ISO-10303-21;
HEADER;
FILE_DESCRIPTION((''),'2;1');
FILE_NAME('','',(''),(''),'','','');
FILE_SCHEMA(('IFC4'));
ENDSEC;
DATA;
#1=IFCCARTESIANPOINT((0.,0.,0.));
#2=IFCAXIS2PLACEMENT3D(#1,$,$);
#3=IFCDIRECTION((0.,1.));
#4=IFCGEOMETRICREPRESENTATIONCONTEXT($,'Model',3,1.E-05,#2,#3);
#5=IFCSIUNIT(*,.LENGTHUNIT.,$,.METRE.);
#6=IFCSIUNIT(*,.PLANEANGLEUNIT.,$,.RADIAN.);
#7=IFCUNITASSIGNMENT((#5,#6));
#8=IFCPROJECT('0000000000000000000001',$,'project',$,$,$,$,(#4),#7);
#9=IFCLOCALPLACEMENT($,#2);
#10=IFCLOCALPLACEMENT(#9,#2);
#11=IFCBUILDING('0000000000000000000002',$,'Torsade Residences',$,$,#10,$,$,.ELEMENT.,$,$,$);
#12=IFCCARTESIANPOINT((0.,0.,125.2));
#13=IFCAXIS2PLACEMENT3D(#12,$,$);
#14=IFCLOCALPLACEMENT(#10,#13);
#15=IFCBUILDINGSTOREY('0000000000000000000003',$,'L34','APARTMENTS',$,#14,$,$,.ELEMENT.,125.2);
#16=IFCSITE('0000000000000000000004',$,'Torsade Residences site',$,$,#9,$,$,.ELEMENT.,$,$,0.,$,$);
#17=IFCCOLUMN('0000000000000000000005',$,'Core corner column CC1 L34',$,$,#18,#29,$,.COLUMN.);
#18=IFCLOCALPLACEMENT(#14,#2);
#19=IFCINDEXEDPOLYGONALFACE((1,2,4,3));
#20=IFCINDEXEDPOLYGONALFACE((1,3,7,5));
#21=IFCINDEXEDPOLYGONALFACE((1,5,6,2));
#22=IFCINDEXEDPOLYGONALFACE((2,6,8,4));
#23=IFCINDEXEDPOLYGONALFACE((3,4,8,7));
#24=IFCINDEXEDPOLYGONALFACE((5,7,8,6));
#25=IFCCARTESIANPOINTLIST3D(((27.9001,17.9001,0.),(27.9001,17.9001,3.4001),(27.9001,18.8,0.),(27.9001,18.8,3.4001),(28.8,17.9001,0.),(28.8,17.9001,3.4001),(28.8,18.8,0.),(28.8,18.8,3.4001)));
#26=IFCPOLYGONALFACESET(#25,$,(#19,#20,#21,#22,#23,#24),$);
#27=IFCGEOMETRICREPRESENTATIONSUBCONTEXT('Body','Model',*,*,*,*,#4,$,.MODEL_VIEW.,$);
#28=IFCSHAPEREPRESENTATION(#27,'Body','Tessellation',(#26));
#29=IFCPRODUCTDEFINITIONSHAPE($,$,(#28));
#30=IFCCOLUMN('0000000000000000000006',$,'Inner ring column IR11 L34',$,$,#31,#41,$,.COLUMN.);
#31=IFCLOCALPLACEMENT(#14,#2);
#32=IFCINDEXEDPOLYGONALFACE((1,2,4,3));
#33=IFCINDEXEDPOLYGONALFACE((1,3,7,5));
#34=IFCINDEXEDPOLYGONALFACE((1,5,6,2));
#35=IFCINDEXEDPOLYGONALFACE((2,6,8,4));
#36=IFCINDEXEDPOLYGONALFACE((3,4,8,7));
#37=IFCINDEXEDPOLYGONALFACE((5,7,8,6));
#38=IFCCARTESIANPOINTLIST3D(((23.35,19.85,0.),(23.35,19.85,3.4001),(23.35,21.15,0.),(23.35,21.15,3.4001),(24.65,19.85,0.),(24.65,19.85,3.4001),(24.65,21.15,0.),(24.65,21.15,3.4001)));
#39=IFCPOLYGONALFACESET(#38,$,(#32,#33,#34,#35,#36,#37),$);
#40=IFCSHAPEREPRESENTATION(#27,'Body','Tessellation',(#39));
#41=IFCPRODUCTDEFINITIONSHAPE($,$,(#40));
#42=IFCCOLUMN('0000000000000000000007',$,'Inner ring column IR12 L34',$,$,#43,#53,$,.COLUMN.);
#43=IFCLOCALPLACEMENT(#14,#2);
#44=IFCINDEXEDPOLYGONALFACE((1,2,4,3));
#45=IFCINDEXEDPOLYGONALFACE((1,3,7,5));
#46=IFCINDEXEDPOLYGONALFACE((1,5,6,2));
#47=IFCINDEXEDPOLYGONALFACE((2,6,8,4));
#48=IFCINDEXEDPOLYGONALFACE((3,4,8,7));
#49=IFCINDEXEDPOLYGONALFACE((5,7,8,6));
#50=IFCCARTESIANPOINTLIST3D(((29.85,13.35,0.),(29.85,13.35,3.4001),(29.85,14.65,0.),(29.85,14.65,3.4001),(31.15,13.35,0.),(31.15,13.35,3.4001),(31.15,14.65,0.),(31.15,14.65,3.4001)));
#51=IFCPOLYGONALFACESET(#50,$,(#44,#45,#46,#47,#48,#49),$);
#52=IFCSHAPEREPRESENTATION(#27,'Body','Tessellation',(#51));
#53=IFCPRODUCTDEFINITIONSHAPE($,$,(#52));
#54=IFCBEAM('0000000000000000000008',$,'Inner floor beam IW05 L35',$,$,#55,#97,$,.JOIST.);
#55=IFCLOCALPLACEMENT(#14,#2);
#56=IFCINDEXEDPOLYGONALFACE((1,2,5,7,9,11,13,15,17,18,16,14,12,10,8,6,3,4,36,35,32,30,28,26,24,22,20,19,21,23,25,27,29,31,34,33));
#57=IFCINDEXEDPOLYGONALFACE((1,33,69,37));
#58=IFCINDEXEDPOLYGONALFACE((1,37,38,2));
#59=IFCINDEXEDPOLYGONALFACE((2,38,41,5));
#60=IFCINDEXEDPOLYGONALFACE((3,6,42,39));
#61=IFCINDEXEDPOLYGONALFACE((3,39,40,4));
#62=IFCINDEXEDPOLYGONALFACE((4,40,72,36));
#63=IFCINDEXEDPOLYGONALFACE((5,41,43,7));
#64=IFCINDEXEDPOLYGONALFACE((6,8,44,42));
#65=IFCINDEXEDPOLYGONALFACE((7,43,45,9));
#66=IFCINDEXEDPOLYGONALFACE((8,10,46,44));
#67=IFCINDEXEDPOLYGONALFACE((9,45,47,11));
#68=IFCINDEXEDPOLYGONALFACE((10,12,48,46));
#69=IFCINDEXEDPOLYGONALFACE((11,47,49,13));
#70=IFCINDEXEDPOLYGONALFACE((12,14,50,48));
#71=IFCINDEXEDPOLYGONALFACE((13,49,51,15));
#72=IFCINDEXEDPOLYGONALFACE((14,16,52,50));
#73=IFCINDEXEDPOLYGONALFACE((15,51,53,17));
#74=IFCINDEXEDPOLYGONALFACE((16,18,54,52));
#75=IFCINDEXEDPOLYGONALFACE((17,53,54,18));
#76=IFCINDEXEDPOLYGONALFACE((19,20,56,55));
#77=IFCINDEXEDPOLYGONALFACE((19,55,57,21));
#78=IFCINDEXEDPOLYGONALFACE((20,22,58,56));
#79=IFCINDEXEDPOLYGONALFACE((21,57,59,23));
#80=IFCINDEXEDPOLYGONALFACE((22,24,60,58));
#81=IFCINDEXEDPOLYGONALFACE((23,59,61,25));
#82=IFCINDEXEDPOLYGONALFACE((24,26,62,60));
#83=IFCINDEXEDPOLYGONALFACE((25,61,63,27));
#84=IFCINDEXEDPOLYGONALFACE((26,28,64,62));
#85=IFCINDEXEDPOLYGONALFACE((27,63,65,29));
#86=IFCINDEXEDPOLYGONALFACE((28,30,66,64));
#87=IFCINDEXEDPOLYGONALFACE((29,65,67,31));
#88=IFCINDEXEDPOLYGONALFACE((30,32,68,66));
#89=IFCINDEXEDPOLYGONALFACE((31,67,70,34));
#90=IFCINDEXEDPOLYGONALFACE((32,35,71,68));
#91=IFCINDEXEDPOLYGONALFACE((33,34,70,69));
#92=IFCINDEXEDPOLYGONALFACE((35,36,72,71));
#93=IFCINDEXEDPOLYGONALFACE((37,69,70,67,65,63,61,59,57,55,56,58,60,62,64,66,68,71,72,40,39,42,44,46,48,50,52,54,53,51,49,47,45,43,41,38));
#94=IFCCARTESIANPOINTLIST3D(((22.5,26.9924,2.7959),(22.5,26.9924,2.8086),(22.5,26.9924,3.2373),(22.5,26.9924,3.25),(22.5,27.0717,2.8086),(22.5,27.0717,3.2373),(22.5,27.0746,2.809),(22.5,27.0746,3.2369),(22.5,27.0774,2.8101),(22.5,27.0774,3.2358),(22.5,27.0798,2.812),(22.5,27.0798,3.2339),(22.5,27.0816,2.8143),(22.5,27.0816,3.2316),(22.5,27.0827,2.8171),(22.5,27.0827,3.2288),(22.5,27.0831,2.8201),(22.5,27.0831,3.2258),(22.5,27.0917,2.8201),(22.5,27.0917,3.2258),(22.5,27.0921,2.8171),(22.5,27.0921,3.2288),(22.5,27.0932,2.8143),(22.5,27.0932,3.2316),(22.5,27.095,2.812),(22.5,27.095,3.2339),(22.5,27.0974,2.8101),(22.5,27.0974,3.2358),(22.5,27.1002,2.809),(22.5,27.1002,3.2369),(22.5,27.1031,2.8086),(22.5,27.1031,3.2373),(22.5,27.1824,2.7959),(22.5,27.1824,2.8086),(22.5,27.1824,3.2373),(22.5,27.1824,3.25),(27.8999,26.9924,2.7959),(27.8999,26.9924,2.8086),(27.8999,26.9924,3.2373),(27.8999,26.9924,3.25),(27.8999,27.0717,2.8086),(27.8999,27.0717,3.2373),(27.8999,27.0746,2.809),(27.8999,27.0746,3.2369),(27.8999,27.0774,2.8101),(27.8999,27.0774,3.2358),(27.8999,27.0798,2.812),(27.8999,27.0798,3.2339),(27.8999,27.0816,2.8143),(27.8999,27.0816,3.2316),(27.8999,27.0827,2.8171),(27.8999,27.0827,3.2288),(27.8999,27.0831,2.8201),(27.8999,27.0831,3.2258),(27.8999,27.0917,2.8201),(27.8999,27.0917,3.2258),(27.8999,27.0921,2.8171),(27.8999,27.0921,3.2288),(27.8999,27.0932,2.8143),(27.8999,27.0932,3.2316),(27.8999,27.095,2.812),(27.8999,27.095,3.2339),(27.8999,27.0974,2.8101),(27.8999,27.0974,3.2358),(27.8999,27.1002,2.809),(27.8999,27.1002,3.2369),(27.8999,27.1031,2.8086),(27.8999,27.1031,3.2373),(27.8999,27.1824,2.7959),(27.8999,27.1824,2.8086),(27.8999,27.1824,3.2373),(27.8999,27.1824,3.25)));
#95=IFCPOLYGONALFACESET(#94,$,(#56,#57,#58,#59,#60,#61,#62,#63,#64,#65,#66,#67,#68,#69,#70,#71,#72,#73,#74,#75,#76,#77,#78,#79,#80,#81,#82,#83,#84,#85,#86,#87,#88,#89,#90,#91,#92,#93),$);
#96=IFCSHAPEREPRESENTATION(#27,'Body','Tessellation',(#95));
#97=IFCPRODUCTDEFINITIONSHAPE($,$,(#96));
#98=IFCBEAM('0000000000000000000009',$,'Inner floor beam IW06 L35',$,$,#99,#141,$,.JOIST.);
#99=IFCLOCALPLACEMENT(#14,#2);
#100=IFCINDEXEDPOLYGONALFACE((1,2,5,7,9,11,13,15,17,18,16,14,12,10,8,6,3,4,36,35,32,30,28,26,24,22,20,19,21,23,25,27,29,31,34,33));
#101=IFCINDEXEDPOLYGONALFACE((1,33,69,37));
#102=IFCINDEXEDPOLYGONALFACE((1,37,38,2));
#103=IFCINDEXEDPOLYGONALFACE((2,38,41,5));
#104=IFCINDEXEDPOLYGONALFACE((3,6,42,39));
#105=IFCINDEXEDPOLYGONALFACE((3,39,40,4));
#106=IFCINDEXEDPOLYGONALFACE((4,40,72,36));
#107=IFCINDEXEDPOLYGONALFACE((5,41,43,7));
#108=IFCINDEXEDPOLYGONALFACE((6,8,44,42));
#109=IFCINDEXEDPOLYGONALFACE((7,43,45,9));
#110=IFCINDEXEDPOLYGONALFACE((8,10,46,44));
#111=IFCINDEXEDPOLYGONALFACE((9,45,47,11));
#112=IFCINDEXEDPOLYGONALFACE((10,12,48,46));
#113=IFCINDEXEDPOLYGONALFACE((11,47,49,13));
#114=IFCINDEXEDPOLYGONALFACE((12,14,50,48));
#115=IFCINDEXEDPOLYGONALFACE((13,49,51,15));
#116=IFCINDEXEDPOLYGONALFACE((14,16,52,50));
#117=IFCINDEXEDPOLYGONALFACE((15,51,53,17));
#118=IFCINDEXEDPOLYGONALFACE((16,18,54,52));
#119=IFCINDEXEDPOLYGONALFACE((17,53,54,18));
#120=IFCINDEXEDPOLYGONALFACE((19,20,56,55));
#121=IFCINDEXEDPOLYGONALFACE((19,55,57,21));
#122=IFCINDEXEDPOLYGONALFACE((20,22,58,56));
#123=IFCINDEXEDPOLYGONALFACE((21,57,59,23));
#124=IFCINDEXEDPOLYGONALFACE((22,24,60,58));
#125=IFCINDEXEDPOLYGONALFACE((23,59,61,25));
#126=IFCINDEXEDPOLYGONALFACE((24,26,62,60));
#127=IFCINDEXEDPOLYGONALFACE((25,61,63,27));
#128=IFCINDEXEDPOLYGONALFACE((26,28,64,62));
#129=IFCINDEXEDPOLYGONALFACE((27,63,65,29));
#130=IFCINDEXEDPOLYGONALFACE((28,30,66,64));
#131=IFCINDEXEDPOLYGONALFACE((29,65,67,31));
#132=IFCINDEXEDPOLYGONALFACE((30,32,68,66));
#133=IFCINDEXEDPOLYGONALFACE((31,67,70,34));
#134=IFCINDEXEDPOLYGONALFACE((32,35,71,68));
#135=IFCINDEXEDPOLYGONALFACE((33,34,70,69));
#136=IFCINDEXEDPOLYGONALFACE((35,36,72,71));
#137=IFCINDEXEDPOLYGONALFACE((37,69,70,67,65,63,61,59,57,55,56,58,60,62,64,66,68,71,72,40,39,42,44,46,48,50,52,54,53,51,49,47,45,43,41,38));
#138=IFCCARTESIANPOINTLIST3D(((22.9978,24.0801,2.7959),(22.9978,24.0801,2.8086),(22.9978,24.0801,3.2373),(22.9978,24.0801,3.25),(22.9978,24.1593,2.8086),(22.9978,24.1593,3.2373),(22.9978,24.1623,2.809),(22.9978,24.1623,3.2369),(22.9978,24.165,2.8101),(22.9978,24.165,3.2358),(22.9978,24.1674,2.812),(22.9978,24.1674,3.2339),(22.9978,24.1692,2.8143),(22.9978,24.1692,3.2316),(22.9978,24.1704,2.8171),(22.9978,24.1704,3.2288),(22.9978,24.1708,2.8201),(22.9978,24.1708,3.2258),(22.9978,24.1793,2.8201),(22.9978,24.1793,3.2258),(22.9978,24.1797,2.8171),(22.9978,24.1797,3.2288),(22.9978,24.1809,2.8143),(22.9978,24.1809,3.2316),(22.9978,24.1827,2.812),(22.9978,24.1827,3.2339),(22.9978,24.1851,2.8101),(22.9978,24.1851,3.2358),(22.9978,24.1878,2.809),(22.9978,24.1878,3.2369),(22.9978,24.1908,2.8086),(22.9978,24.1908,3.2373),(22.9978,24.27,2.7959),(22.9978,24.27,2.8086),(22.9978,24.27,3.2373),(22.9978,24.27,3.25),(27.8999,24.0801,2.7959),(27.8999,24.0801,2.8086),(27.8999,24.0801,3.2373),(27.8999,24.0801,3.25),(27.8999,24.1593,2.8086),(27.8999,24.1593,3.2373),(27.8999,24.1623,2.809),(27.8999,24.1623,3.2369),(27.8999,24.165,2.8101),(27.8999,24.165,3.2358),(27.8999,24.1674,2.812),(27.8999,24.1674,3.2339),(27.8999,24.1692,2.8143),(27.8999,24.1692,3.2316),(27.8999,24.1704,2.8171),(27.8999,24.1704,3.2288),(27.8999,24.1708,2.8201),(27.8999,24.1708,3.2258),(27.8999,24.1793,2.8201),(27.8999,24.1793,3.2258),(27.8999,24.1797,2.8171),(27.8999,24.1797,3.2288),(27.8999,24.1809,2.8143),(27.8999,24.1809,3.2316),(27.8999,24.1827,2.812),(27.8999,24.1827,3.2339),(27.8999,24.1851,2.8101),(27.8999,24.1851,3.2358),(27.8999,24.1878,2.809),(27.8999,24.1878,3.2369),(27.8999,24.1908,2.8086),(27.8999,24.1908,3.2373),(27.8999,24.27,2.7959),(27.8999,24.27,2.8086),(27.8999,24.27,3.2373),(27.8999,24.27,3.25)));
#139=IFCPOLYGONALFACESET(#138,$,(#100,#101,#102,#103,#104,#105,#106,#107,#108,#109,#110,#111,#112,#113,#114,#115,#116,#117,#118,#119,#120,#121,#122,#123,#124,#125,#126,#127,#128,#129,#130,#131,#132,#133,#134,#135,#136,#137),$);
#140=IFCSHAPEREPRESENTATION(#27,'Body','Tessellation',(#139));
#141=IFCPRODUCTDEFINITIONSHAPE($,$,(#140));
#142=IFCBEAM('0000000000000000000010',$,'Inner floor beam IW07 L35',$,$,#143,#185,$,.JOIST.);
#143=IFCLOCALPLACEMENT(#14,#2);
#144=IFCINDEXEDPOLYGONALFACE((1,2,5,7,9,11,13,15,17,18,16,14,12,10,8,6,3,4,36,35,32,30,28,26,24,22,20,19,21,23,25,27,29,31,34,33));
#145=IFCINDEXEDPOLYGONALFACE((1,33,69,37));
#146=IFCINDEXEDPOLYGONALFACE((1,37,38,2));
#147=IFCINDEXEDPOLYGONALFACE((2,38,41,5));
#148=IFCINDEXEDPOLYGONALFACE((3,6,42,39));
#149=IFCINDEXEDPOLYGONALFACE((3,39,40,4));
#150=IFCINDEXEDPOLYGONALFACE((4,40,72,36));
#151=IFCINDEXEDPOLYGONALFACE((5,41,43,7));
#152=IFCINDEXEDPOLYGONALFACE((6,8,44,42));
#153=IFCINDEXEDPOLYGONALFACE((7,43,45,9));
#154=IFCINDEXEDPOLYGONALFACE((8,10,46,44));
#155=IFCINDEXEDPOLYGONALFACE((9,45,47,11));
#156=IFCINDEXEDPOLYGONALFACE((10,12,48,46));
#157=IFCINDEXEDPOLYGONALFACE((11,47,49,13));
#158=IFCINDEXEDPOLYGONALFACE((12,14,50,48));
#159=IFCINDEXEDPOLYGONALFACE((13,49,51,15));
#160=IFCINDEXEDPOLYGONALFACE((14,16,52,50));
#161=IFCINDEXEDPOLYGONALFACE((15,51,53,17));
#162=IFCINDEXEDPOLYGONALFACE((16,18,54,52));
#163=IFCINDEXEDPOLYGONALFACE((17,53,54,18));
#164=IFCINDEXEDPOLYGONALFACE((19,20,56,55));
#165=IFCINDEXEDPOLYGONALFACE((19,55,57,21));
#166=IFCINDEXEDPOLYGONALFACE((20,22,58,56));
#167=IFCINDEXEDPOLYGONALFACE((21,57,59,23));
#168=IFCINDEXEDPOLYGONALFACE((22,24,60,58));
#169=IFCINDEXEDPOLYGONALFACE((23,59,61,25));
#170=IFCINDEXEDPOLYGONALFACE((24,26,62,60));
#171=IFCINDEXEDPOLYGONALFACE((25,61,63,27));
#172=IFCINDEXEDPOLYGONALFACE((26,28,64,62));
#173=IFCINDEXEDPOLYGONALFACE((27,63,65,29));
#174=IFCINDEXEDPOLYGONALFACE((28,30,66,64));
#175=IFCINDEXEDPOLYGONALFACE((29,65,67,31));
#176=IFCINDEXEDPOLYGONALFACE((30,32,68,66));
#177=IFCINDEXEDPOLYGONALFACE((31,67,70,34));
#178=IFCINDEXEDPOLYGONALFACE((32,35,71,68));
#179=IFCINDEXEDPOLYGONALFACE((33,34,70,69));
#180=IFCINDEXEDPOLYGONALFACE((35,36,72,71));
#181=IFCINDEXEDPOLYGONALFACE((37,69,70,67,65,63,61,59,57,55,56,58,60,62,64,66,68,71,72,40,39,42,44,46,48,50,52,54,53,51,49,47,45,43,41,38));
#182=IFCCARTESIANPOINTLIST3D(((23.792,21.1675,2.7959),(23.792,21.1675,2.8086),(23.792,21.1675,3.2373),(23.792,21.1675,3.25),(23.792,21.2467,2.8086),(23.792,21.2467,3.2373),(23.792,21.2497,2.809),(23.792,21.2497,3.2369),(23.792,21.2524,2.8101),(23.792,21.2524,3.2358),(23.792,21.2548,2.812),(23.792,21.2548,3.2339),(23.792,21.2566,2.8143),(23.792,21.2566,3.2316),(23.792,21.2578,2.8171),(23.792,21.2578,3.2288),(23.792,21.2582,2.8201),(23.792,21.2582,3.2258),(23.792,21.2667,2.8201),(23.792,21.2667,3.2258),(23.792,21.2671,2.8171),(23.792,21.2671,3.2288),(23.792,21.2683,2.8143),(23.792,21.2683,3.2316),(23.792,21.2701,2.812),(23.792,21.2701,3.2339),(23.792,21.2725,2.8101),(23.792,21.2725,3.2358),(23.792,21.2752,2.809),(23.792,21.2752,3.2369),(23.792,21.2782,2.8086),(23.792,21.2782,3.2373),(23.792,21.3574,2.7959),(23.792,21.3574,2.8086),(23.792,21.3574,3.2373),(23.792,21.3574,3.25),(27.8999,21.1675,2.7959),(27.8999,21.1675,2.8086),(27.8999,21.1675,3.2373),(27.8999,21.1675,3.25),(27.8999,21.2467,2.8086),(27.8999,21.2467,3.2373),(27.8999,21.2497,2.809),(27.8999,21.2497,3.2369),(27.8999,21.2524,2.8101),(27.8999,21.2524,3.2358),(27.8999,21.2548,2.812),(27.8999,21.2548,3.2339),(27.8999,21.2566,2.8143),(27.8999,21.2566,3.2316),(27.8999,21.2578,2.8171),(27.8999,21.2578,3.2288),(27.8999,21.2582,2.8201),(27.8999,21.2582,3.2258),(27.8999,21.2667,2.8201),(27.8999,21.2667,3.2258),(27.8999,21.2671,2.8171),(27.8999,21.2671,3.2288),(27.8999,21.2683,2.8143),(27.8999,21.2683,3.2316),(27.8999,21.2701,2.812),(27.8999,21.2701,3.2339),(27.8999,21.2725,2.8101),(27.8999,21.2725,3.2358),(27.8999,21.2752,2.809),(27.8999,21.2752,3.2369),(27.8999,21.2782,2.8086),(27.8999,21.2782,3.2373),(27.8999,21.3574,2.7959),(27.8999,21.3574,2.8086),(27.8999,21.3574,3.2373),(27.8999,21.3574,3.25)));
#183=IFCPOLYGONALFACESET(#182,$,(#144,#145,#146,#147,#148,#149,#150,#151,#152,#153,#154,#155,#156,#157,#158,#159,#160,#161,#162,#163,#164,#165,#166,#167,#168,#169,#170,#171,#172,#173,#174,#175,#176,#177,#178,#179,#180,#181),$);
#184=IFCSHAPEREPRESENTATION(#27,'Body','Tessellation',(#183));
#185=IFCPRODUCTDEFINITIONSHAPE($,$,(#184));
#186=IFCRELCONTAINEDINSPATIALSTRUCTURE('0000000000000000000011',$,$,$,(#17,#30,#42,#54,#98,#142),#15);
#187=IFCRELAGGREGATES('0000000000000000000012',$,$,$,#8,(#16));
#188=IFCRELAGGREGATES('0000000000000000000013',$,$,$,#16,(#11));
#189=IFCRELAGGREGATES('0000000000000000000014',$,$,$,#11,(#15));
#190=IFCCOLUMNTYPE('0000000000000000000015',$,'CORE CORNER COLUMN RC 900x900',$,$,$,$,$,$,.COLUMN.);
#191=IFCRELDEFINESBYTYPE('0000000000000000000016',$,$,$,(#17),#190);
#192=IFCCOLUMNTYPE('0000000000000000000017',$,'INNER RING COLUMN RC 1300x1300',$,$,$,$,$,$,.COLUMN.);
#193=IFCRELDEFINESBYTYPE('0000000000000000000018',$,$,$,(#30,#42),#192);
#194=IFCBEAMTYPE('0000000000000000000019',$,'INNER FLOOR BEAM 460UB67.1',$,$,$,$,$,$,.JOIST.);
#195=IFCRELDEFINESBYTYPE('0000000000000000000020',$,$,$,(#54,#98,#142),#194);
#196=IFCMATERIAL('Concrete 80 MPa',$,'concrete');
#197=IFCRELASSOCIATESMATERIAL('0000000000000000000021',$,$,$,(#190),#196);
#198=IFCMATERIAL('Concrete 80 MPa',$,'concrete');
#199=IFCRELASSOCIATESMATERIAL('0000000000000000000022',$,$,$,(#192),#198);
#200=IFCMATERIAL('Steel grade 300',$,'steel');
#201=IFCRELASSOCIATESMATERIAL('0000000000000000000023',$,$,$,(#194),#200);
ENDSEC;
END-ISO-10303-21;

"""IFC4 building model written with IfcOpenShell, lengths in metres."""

from ifc_helpers import new_model, si_unit, direction, frame, origin, origin_2d, place, context, subcontext, project, spatial, rectangle, i_section, extrude, material, material_profile, profile_set, type_object, element, save


model = new_model("IFC4")

# Units and contexts
model_context = context("Model", 3, precision=1e-05, world=origin(), true_north=direction((0.0, 1.0)))
body_context = subcontext(model_context, "Body", "Model", "MODEL_VIEW")
ifc_project = project(units=[si_unit("LENGTHUNIT", "METRE"), si_unit("PLANEANGLEUNIT", "RADIAN")], contexts=[model_context])

# Site, building, storey
site_placement = place(None, origin())
site = spatial("IfcSite", under=ifc_project, at=site_placement, Name="Torsade Residences site", CompositionType="ELEMENT", RefElevation=0.0)
building_placement = place(site_placement, origin())
building = spatial("IfcBuilding", under=site, at=building_placement, Name="Torsade Residences", CompositionType="ELEMENT")
storey_placement = place(building_placement, frame((0.0, 0.0, 125.2)))
storey = spatial("IfcBuildingStorey", under=building, at=storey_placement, Name="L34", Description="APARTMENTS", CompositionType="ELEMENT", Elevation=125.2)

# Columns
ifc_material_1 = material(Name="Concrete 80 MPa", Category="concrete")
ifc_material_profile_1 = material_profile(ifc_material_1, rectangle(XDim=0.8999, YDim=0.8999, at=origin_2d()), Name="RC 900x900")
ifc_profile_set_1 = profile_set([ifc_material_profile_1], Name="Concrete 80 MPa")
column_type_1 = type_object("IfcColumnType", Name="CORE CORNER COLUMN RC 900x900", PredefinedType="COLUMN", material=ifc_profile_set_1)
column_placement = place(storey_placement, frame((28.3501, 18.3501, 0.0), z_axis=(0.0, 0.0, 1.0), x_axis=(1.0, 0.0, 0.0)))
element("IfcColumn", 1, at=column_placement, inside=storey, type_object=column_type_1, Name="Core corner column CC1 L34", PredefinedType="COLUMN", context=body_context, shape_type="SweptSolid", body=[
    extrude(rectangle(XDim=0.8999, YDim=0.8999, at=origin_2d()), origin(), (0.0, 0.0, 1.0), 3.4001),
])
ifc_material_2 = material(Name="Concrete 80 MPa", Category="concrete")
ifc_material_profile_2 = material_profile(ifc_material_2, rectangle(XDim=1.3, YDim=1.3, at=origin_2d()), Name="RC 1300x1300")
ifc_profile_set_2 = profile_set([ifc_material_profile_2], Name="Concrete 80 MPa")
column_type_2 = type_object("IfcColumnType", Name="INNER RING COLUMN RC 1300x1300", PredefinedType="COLUMN", material=ifc_profile_set_2)
for number, where, z_axis, x_axis, name in (
    (2, (24.0, 20.5, 0.0), (0.0, 0.0, 1.0), (1.0, 0.0, 0.0), "Inner ring column IR11 L34"),
    (3, (30.5, 14.0, 0.0), (0.0, 0.0, 1.0), (1.0, 0.0, 0.0), "Inner ring column IR12 L34"),
):
    element("IfcColumn", number, at=place(storey_placement, frame(where, z_axis=z_axis, x_axis=x_axis)), inside=storey, type_object=column_type_2, Name=name, PredefinedType="COLUMN", context=body_context, shape_type="SweptSolid", body=[
        extrude(rectangle(XDim=1.3, YDim=1.3, at=origin_2d()), origin(), (0.0, 0.0, 1.0), 3.4001),
    ])

# Beams
ifc_material_3 = material(Name="Steel grade 300", Category="steel")
ifc_material_profile_3 = material_profile(ifc_material_3, i_section(OverallWidth=0.1899, OverallDepth=0.4541, WebThickness=0.0085, FlangeThickness=0.0127, FilletRadius=0.0115, at=origin_2d()), Name="460UB67.1")
ifc_profile_set_3 = profile_set([ifc_material_profile_3], Name="Steel grade 300")
beam_type_1 = type_object("IfcBeamType", Name="INNER FLOOR BEAM 460UB67.1", PredefinedType="JOIST", material=ifc_profile_set_3)
beam_1_placement = place(storey_placement, frame((27.8999, 27.0874, 3.0229), z_axis=(-1.0, 0.0, 0.0), x_axis=(0.0, -1.0, 0.0)))
element("IfcBeam", 4, at=beam_1_placement, inside=storey, type_object=beam_type_1, Name="Inner floor beam IW05 L35", PredefinedType="JOIST", context=body_context, shape_type="SweptSolid", body=[
    extrude(i_section(OverallWidth=0.1899, OverallDepth=0.4541, WebThickness=0.0085, FlangeThickness=0.0127, FilletRadius=0.0115, at=origin_2d()), origin(), (0.0, 0.0, 1.0), 5.3999),
])
beam_2_placement = place(storey_placement, frame((27.8999, 24.175, 3.0229), z_axis=(-1.0, 0.0, 0.0), x_axis=(0.0, -1.0, 0.0)))
element("IfcBeam", 5, at=beam_2_placement, inside=storey, type_object=beam_type_1, Name="Inner floor beam IW06 L35", PredefinedType="JOIST", context=body_context, shape_type="SweptSolid", body=[
    extrude(i_section(OverallWidth=0.1899, OverallDepth=0.4541, WebThickness=0.0085, FlangeThickness=0.0127, FilletRadius=0.0115, at=origin_2d()), origin(), (0.0, 0.0, 1.0), 4.9021),
])
beam_3_placement = place(storey_placement, frame((27.8999, 21.2625, 3.0229), z_axis=(-1.0, 0.0, 0.0), x_axis=(0.0, -1.0, 0.0)))
element("IfcBeam", 6, at=beam_3_placement, inside=storey, type_object=beam_type_1, Name="Inner floor beam IW07 L35", PredefinedType="JOIST", context=body_context, shape_type="SweptSolid", body=[
    extrude(i_section(OverallWidth=0.1899, OverallDepth=0.4541, WebThickness=0.0085, FlangeThickness=0.0127, FilletRadius=0.0115, at=origin_2d()), origin(), (0.0, 0.0, 1.0), 4.1079),
])

save(model, "model.ifc")
